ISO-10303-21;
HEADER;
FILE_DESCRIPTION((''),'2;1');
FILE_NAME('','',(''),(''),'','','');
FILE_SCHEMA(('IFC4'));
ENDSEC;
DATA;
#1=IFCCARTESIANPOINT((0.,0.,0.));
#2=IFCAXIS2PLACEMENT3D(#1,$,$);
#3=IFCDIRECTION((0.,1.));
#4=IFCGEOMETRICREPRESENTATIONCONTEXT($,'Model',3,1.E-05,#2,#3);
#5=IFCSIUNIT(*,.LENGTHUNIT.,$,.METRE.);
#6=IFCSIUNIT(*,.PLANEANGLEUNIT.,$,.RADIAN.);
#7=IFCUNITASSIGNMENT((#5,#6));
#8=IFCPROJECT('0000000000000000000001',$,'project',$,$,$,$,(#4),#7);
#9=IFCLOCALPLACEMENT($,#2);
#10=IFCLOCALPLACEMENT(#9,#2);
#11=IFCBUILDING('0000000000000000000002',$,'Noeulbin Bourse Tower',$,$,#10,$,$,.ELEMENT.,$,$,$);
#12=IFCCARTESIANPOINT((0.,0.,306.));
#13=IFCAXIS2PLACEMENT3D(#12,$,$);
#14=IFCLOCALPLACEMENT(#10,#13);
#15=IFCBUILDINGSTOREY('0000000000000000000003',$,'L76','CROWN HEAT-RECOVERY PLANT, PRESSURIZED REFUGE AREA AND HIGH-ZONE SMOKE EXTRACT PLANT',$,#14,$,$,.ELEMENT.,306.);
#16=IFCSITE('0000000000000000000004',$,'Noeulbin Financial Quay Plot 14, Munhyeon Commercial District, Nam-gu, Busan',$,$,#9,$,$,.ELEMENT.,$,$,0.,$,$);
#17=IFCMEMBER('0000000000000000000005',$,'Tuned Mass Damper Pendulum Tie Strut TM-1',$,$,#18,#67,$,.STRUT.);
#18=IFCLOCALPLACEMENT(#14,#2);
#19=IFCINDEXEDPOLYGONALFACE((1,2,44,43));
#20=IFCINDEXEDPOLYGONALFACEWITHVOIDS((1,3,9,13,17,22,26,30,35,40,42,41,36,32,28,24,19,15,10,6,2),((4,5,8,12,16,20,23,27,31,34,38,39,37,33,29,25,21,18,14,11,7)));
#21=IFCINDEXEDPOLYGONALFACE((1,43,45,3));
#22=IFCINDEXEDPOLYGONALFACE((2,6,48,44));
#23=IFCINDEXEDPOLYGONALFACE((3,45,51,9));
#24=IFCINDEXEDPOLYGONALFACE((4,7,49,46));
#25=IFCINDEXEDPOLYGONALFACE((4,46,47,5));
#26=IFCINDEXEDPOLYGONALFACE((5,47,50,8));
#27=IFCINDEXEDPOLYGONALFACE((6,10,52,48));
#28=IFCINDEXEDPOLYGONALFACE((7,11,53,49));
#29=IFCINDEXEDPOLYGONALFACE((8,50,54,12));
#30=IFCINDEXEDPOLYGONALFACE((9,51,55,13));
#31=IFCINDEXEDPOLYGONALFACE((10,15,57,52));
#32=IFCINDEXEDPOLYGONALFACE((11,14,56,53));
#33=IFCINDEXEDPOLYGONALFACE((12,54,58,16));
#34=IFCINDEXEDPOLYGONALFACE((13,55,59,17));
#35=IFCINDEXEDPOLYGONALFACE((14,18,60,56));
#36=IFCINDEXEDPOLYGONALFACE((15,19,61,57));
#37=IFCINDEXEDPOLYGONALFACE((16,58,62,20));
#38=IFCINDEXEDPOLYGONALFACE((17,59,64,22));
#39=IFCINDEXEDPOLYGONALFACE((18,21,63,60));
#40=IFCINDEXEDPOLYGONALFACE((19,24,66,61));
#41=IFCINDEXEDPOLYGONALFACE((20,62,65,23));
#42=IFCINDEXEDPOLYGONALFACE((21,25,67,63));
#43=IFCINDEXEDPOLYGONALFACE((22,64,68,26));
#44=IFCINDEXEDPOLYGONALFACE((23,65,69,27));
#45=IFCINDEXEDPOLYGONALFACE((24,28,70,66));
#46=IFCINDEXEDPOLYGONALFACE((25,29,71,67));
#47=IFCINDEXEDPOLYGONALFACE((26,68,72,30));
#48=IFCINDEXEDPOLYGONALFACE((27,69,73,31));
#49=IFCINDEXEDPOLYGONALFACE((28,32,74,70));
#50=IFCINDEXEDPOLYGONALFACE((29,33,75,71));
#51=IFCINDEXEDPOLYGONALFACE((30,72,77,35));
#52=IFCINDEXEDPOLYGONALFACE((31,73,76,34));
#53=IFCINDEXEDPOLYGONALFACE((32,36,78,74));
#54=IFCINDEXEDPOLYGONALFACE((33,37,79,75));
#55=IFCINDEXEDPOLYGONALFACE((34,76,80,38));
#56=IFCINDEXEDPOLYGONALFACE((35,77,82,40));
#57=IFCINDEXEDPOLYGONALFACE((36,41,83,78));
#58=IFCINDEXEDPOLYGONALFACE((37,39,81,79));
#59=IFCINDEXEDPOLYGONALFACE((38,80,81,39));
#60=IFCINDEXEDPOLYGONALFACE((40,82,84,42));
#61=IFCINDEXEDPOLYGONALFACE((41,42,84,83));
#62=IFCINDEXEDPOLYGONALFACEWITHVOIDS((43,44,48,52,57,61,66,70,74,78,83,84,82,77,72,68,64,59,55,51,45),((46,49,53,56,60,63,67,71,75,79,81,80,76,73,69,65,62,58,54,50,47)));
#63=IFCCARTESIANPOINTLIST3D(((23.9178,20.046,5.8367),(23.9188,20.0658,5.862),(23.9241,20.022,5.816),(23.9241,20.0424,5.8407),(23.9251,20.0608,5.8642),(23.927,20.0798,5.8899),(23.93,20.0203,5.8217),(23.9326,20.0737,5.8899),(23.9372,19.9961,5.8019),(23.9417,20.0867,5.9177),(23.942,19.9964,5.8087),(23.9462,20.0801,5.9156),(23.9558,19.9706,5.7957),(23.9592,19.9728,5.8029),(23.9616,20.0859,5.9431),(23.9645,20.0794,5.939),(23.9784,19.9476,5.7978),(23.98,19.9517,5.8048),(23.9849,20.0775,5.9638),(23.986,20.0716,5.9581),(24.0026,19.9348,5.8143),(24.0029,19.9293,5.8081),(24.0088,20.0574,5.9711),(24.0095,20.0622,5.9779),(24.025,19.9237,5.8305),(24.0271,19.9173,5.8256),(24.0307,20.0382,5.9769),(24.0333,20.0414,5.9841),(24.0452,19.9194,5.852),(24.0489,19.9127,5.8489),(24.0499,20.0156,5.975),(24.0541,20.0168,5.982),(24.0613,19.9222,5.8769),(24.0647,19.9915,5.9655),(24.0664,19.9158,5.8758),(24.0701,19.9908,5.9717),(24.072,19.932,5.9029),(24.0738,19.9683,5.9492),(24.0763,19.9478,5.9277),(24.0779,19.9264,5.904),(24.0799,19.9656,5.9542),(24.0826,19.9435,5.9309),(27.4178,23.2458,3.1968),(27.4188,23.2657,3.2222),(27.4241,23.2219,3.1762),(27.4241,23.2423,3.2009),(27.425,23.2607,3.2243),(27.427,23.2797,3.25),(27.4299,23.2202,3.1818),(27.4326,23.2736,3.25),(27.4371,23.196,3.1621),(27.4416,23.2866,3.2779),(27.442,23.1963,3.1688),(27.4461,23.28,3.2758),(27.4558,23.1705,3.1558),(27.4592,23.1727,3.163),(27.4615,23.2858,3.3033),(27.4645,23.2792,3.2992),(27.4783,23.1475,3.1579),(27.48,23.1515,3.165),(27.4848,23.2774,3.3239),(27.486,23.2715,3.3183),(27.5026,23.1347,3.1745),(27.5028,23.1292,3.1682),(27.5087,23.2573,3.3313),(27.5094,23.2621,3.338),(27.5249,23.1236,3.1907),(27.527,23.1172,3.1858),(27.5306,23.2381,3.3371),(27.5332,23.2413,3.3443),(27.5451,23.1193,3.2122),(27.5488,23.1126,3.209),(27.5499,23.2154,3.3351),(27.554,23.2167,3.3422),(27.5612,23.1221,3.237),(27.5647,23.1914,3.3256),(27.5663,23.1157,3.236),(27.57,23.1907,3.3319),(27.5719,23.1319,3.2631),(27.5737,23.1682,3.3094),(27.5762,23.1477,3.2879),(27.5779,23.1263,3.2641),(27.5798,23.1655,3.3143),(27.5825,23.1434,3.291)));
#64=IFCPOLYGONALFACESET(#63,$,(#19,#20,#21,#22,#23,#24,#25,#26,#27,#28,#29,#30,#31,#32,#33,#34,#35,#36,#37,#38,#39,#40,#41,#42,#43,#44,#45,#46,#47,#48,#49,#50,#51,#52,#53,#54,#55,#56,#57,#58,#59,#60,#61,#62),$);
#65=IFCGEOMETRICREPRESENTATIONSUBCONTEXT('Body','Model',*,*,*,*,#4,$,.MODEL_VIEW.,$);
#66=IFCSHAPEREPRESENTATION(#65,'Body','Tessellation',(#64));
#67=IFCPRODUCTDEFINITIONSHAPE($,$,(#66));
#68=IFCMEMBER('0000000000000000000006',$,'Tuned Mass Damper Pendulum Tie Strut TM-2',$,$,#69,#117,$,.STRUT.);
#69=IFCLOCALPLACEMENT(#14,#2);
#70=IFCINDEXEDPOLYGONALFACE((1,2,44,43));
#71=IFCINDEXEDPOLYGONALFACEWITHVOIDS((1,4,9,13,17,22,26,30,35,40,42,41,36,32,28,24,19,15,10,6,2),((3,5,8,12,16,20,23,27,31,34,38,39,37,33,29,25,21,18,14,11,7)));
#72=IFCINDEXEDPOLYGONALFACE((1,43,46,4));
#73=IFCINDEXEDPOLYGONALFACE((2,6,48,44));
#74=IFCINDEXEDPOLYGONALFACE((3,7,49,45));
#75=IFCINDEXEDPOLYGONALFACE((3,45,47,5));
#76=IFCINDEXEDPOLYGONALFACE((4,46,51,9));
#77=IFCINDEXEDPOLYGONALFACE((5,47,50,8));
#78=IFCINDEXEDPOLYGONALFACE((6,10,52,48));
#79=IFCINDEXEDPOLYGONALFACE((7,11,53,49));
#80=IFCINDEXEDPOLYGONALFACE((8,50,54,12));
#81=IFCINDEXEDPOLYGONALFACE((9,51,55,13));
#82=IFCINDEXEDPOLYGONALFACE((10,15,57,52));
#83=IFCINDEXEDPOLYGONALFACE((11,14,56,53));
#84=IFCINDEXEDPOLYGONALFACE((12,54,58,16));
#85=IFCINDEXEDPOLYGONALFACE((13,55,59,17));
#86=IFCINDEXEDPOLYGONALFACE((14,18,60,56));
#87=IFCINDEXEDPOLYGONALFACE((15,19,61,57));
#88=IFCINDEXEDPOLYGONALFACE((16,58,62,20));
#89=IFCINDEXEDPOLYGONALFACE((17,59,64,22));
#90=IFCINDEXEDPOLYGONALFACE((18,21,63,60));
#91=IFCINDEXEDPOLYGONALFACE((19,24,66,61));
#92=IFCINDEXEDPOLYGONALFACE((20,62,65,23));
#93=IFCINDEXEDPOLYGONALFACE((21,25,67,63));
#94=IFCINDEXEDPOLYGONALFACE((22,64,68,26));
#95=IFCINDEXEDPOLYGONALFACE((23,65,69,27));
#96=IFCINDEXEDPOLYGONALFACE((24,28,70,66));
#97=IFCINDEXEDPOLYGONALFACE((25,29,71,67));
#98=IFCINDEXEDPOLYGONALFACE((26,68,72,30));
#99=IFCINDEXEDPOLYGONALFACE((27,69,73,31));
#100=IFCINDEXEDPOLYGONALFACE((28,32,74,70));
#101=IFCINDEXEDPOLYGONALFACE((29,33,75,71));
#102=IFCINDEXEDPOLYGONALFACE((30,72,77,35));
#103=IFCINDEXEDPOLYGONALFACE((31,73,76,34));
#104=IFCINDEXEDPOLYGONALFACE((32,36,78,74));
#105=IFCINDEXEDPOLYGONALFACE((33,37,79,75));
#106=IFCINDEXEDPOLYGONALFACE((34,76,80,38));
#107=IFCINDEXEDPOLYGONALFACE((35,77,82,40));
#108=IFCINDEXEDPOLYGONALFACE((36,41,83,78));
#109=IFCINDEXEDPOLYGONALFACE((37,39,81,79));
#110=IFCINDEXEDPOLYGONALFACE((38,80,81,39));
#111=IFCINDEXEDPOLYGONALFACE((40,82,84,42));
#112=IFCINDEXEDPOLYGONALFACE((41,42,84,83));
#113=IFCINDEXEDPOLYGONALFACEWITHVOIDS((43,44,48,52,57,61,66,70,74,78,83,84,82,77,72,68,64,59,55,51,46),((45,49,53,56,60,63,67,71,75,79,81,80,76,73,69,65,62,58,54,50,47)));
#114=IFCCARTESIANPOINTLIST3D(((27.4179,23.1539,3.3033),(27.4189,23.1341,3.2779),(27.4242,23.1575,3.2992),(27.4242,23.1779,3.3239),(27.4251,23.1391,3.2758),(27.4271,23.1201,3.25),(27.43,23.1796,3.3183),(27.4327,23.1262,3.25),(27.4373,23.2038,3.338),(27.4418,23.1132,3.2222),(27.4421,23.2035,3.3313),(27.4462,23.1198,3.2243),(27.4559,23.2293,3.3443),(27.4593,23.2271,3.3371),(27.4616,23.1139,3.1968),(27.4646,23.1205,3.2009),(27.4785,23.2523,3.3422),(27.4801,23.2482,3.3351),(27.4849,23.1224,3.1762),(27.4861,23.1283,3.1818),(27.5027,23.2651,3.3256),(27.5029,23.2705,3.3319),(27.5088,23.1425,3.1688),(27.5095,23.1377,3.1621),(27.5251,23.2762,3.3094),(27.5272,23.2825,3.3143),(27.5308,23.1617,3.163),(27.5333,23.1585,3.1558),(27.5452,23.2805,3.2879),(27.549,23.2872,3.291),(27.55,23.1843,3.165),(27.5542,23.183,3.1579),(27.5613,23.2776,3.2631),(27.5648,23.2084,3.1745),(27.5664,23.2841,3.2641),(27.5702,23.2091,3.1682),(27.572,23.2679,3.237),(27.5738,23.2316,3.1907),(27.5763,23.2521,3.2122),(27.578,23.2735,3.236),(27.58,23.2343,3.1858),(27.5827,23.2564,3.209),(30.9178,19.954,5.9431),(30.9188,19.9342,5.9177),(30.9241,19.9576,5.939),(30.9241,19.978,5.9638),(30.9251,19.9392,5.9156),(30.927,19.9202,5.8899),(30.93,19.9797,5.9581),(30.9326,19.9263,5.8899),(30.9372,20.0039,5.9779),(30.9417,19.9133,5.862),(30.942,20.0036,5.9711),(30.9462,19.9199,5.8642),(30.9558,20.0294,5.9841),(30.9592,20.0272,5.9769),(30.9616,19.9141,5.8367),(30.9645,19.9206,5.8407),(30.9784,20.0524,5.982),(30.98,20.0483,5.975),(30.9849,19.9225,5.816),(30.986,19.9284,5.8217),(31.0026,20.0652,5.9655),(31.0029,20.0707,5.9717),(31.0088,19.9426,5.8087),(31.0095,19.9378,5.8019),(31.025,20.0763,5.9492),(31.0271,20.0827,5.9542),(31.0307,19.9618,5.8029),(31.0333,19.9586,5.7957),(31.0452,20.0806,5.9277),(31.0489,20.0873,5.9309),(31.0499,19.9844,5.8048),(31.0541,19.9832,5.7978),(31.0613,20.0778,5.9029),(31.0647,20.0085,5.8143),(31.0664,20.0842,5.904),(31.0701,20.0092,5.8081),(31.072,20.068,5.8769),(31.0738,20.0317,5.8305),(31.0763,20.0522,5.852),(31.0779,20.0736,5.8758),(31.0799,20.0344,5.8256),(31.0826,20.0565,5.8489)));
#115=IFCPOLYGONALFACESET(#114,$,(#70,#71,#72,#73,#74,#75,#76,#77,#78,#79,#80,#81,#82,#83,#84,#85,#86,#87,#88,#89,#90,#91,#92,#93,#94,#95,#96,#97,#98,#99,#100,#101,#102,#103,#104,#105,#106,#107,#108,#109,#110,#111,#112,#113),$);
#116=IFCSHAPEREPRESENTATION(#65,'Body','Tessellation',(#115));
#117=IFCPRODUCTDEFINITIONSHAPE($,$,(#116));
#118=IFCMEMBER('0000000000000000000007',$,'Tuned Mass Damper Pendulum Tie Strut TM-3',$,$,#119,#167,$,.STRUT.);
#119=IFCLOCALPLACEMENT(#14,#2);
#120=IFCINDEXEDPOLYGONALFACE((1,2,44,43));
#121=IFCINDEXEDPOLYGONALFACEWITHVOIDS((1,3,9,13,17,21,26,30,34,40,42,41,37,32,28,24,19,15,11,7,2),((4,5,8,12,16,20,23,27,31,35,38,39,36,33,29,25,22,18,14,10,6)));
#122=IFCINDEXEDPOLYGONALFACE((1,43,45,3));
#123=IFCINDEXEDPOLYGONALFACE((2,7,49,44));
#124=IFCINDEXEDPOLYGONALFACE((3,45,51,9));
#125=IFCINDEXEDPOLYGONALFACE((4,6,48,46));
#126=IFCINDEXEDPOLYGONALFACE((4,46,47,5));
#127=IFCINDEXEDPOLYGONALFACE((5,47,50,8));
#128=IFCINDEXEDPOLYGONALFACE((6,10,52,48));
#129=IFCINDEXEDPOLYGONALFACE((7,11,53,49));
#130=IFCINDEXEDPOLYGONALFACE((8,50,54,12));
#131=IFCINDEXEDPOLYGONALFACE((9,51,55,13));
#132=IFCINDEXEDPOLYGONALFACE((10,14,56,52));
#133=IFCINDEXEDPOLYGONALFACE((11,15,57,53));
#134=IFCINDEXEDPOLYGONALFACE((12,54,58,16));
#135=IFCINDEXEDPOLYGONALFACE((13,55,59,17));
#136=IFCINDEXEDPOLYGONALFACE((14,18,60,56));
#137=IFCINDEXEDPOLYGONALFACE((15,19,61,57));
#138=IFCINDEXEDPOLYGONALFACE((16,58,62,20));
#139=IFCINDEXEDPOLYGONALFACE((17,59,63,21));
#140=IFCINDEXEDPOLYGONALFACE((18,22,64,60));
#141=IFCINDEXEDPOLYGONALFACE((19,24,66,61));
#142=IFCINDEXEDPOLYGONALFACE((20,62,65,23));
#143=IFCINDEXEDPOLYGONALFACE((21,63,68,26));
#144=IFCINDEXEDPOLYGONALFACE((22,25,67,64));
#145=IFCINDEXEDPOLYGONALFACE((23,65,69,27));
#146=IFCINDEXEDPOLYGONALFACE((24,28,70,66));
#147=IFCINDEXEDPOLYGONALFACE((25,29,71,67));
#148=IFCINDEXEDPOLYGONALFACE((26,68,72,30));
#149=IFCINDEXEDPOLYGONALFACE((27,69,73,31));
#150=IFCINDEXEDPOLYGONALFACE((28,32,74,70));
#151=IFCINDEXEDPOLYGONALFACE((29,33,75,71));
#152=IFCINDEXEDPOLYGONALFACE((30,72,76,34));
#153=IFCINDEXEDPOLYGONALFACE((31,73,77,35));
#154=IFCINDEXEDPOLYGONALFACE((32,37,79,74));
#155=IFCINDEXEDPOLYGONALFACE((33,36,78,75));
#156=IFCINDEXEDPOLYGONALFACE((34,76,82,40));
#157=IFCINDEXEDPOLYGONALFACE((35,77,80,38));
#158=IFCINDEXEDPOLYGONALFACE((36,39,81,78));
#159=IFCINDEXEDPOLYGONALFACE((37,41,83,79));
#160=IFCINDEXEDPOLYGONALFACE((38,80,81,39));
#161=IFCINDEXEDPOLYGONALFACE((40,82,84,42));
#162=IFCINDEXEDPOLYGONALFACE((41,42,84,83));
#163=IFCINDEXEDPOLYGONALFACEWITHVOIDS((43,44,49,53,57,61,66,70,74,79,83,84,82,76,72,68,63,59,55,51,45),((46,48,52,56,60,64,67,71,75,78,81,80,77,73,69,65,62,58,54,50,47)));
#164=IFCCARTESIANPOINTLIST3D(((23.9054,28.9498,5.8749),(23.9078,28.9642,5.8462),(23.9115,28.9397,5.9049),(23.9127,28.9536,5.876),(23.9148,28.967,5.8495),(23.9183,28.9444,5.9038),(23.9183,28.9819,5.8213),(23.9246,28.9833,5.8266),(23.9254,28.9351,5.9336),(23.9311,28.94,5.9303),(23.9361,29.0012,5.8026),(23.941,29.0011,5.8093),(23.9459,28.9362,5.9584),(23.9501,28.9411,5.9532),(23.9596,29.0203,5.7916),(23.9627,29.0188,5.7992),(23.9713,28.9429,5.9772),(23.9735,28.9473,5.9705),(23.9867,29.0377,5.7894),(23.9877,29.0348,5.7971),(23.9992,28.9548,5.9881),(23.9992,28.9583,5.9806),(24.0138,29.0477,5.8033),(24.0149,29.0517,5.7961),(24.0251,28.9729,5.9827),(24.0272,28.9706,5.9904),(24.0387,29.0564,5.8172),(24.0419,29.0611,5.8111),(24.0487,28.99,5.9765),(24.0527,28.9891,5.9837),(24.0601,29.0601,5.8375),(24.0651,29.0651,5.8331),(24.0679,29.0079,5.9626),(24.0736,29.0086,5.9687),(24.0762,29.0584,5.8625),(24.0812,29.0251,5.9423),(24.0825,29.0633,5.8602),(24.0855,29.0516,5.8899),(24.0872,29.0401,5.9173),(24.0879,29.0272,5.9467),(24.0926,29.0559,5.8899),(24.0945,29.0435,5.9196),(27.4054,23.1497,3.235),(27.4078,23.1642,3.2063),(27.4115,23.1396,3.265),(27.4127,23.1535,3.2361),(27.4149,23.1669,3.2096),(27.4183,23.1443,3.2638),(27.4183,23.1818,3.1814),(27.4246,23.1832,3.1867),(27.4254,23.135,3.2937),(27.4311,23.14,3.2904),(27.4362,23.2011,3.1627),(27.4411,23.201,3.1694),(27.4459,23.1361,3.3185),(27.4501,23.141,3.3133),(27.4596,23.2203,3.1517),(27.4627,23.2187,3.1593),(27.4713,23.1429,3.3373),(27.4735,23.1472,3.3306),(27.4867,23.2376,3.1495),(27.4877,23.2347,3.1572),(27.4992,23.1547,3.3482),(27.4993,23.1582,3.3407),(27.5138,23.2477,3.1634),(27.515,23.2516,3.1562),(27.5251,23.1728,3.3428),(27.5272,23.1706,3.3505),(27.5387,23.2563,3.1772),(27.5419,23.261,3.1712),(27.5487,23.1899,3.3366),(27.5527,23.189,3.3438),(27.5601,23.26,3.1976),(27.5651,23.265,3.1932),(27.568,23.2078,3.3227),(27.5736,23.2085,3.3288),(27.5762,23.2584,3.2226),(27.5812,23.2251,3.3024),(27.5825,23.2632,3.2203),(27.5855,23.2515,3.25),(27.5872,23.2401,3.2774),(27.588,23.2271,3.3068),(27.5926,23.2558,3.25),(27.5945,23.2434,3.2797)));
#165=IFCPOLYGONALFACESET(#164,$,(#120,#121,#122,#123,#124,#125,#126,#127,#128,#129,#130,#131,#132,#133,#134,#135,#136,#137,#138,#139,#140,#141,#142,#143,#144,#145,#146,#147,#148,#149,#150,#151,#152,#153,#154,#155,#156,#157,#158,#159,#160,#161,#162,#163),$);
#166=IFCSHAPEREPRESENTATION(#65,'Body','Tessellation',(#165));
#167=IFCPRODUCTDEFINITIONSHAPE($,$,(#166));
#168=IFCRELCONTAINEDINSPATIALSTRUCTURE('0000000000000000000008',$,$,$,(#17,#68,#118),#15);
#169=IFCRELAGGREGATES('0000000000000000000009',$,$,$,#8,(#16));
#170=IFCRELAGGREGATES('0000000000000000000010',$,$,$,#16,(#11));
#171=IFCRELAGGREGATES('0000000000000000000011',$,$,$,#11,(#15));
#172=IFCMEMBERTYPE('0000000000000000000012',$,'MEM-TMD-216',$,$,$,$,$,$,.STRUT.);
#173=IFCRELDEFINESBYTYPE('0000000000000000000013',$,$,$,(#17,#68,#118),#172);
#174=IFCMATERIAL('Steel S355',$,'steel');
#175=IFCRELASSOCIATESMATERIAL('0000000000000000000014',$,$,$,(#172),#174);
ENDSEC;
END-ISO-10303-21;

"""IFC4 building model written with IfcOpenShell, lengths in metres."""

from ifc_helpers import new_model, si_unit, direction, frame, origin, origin_2d, place, context, subcontext, project, spatial, hollow_circle, extrude, material, material_profile, profile_set, type_object, element, save


model = new_model("IFC4")

# Units and contexts
model_context = context("Model", 3, precision=1e-05, world=origin(), true_north=direction((0.0, 1.0)))
body_context = subcontext(model_context, "Body", "Model", "MODEL_VIEW")
ifc_project = project(units=[si_unit("LENGTHUNIT", "METRE"), si_unit("PLANEANGLEUNIT", "RADIAN")], contexts=[model_context])

# Site, building, storey
site_placement = place(None, origin())
site = spatial("IfcSite", under=ifc_project, at=site_placement, Name="Noeulbin Financial Quay Plot 14, Munhyeon Commercial District, Nam-gu, Busan", CompositionType="ELEMENT", RefElevation=0.0)
building_placement = place(site_placement, origin())
building = spatial("IfcBuilding", under=site, at=building_placement, Name="Noeulbin Bourse Tower", CompositionType="ELEMENT")
storey_placement = place(building_placement, frame((0.0, 0.0, 306.0)))
storey = spatial("IfcBuildingStorey", under=building, at=storey_placement, Name="L76", Description="CROWN HEAT-RECOVERY PLANT, PRESSURIZED REFUGE AREA AND HIGH-ZONE SMOKE EXTRACT PLANT", CompositionType="ELEMENT", Elevation=306.0)

# Shared definitions
ifc_material_1 = material(Name="Steel S355", Category="steel")

# Members
ifc_material_profile_1 = material_profile(ifc_material_1, hollow_circle(Radius=0.1082, WallThickness=0.0083, at=origin_2d()), Name="CHS-216.3x8.2", Category="LoadBearing")
ifc_profile_set_1 = profile_set([ifc_material_profile_1], Name="Steel S355")
member_type_1 = type_object("IfcMemberType", Name="MEM-TMD-216", PredefinedType="STRUT", material=ifc_profile_set_1)
for number, where, z_axis, x_axis, name in (
    (1, (24.0, 20.0, 5.8899), (0.644854, 0.589571, -0.486384), (-0.674764, 0.738034, 0.0), "Tuned Mass Damper Pendulum Tie Strut TM-1"),
    (2, (31.0, 20.0, 5.8899), (-0.644854, 0.589571, -0.486384), (-0.674764, -0.738034, 0.0), "Tuned Mass Damper Pendulum Tie Strut TM-2"),
):
    element("IfcMember", number, at=place(storey_placement, frame(where, z_axis=z_axis, x_axis=x_axis)), inside=storey, type_object=member_type_1, Name=name, PredefinedType="STRUT", context=body_context, shape_type="SweptSolid", body=[
        extrude(hollow_circle(Radius=0.1082, WallThickness=0.0083, at=origin_2d()), origin(), (0.0, 0.0, 1.0), 5.4275),
    ])
for number, where, z_axis, x_axis, name in (
    (3, (24.0, 29.0, 5.8899), (0.4814, -0.797755, -0.363098), (0.85619, 0.516662, 0.0), "Tuned Mass Damper Pendulum Tie Strut TM-3"),
):
    element("IfcMember", number, at=place(storey_placement, frame(where, z_axis=z_axis, x_axis=x_axis)), inside=storey, type_object=member_type_1, Name=name, PredefinedType="STRUT", context=body_context, shape_type="SweptSolid", body=[
        extrude(hollow_circle(Radius=0.1082, WallThickness=0.0083, at=origin_2d()), origin(), (0.0, 0.0, 1.0), 7.2705),
    ])

save(model, "model.ifc")
